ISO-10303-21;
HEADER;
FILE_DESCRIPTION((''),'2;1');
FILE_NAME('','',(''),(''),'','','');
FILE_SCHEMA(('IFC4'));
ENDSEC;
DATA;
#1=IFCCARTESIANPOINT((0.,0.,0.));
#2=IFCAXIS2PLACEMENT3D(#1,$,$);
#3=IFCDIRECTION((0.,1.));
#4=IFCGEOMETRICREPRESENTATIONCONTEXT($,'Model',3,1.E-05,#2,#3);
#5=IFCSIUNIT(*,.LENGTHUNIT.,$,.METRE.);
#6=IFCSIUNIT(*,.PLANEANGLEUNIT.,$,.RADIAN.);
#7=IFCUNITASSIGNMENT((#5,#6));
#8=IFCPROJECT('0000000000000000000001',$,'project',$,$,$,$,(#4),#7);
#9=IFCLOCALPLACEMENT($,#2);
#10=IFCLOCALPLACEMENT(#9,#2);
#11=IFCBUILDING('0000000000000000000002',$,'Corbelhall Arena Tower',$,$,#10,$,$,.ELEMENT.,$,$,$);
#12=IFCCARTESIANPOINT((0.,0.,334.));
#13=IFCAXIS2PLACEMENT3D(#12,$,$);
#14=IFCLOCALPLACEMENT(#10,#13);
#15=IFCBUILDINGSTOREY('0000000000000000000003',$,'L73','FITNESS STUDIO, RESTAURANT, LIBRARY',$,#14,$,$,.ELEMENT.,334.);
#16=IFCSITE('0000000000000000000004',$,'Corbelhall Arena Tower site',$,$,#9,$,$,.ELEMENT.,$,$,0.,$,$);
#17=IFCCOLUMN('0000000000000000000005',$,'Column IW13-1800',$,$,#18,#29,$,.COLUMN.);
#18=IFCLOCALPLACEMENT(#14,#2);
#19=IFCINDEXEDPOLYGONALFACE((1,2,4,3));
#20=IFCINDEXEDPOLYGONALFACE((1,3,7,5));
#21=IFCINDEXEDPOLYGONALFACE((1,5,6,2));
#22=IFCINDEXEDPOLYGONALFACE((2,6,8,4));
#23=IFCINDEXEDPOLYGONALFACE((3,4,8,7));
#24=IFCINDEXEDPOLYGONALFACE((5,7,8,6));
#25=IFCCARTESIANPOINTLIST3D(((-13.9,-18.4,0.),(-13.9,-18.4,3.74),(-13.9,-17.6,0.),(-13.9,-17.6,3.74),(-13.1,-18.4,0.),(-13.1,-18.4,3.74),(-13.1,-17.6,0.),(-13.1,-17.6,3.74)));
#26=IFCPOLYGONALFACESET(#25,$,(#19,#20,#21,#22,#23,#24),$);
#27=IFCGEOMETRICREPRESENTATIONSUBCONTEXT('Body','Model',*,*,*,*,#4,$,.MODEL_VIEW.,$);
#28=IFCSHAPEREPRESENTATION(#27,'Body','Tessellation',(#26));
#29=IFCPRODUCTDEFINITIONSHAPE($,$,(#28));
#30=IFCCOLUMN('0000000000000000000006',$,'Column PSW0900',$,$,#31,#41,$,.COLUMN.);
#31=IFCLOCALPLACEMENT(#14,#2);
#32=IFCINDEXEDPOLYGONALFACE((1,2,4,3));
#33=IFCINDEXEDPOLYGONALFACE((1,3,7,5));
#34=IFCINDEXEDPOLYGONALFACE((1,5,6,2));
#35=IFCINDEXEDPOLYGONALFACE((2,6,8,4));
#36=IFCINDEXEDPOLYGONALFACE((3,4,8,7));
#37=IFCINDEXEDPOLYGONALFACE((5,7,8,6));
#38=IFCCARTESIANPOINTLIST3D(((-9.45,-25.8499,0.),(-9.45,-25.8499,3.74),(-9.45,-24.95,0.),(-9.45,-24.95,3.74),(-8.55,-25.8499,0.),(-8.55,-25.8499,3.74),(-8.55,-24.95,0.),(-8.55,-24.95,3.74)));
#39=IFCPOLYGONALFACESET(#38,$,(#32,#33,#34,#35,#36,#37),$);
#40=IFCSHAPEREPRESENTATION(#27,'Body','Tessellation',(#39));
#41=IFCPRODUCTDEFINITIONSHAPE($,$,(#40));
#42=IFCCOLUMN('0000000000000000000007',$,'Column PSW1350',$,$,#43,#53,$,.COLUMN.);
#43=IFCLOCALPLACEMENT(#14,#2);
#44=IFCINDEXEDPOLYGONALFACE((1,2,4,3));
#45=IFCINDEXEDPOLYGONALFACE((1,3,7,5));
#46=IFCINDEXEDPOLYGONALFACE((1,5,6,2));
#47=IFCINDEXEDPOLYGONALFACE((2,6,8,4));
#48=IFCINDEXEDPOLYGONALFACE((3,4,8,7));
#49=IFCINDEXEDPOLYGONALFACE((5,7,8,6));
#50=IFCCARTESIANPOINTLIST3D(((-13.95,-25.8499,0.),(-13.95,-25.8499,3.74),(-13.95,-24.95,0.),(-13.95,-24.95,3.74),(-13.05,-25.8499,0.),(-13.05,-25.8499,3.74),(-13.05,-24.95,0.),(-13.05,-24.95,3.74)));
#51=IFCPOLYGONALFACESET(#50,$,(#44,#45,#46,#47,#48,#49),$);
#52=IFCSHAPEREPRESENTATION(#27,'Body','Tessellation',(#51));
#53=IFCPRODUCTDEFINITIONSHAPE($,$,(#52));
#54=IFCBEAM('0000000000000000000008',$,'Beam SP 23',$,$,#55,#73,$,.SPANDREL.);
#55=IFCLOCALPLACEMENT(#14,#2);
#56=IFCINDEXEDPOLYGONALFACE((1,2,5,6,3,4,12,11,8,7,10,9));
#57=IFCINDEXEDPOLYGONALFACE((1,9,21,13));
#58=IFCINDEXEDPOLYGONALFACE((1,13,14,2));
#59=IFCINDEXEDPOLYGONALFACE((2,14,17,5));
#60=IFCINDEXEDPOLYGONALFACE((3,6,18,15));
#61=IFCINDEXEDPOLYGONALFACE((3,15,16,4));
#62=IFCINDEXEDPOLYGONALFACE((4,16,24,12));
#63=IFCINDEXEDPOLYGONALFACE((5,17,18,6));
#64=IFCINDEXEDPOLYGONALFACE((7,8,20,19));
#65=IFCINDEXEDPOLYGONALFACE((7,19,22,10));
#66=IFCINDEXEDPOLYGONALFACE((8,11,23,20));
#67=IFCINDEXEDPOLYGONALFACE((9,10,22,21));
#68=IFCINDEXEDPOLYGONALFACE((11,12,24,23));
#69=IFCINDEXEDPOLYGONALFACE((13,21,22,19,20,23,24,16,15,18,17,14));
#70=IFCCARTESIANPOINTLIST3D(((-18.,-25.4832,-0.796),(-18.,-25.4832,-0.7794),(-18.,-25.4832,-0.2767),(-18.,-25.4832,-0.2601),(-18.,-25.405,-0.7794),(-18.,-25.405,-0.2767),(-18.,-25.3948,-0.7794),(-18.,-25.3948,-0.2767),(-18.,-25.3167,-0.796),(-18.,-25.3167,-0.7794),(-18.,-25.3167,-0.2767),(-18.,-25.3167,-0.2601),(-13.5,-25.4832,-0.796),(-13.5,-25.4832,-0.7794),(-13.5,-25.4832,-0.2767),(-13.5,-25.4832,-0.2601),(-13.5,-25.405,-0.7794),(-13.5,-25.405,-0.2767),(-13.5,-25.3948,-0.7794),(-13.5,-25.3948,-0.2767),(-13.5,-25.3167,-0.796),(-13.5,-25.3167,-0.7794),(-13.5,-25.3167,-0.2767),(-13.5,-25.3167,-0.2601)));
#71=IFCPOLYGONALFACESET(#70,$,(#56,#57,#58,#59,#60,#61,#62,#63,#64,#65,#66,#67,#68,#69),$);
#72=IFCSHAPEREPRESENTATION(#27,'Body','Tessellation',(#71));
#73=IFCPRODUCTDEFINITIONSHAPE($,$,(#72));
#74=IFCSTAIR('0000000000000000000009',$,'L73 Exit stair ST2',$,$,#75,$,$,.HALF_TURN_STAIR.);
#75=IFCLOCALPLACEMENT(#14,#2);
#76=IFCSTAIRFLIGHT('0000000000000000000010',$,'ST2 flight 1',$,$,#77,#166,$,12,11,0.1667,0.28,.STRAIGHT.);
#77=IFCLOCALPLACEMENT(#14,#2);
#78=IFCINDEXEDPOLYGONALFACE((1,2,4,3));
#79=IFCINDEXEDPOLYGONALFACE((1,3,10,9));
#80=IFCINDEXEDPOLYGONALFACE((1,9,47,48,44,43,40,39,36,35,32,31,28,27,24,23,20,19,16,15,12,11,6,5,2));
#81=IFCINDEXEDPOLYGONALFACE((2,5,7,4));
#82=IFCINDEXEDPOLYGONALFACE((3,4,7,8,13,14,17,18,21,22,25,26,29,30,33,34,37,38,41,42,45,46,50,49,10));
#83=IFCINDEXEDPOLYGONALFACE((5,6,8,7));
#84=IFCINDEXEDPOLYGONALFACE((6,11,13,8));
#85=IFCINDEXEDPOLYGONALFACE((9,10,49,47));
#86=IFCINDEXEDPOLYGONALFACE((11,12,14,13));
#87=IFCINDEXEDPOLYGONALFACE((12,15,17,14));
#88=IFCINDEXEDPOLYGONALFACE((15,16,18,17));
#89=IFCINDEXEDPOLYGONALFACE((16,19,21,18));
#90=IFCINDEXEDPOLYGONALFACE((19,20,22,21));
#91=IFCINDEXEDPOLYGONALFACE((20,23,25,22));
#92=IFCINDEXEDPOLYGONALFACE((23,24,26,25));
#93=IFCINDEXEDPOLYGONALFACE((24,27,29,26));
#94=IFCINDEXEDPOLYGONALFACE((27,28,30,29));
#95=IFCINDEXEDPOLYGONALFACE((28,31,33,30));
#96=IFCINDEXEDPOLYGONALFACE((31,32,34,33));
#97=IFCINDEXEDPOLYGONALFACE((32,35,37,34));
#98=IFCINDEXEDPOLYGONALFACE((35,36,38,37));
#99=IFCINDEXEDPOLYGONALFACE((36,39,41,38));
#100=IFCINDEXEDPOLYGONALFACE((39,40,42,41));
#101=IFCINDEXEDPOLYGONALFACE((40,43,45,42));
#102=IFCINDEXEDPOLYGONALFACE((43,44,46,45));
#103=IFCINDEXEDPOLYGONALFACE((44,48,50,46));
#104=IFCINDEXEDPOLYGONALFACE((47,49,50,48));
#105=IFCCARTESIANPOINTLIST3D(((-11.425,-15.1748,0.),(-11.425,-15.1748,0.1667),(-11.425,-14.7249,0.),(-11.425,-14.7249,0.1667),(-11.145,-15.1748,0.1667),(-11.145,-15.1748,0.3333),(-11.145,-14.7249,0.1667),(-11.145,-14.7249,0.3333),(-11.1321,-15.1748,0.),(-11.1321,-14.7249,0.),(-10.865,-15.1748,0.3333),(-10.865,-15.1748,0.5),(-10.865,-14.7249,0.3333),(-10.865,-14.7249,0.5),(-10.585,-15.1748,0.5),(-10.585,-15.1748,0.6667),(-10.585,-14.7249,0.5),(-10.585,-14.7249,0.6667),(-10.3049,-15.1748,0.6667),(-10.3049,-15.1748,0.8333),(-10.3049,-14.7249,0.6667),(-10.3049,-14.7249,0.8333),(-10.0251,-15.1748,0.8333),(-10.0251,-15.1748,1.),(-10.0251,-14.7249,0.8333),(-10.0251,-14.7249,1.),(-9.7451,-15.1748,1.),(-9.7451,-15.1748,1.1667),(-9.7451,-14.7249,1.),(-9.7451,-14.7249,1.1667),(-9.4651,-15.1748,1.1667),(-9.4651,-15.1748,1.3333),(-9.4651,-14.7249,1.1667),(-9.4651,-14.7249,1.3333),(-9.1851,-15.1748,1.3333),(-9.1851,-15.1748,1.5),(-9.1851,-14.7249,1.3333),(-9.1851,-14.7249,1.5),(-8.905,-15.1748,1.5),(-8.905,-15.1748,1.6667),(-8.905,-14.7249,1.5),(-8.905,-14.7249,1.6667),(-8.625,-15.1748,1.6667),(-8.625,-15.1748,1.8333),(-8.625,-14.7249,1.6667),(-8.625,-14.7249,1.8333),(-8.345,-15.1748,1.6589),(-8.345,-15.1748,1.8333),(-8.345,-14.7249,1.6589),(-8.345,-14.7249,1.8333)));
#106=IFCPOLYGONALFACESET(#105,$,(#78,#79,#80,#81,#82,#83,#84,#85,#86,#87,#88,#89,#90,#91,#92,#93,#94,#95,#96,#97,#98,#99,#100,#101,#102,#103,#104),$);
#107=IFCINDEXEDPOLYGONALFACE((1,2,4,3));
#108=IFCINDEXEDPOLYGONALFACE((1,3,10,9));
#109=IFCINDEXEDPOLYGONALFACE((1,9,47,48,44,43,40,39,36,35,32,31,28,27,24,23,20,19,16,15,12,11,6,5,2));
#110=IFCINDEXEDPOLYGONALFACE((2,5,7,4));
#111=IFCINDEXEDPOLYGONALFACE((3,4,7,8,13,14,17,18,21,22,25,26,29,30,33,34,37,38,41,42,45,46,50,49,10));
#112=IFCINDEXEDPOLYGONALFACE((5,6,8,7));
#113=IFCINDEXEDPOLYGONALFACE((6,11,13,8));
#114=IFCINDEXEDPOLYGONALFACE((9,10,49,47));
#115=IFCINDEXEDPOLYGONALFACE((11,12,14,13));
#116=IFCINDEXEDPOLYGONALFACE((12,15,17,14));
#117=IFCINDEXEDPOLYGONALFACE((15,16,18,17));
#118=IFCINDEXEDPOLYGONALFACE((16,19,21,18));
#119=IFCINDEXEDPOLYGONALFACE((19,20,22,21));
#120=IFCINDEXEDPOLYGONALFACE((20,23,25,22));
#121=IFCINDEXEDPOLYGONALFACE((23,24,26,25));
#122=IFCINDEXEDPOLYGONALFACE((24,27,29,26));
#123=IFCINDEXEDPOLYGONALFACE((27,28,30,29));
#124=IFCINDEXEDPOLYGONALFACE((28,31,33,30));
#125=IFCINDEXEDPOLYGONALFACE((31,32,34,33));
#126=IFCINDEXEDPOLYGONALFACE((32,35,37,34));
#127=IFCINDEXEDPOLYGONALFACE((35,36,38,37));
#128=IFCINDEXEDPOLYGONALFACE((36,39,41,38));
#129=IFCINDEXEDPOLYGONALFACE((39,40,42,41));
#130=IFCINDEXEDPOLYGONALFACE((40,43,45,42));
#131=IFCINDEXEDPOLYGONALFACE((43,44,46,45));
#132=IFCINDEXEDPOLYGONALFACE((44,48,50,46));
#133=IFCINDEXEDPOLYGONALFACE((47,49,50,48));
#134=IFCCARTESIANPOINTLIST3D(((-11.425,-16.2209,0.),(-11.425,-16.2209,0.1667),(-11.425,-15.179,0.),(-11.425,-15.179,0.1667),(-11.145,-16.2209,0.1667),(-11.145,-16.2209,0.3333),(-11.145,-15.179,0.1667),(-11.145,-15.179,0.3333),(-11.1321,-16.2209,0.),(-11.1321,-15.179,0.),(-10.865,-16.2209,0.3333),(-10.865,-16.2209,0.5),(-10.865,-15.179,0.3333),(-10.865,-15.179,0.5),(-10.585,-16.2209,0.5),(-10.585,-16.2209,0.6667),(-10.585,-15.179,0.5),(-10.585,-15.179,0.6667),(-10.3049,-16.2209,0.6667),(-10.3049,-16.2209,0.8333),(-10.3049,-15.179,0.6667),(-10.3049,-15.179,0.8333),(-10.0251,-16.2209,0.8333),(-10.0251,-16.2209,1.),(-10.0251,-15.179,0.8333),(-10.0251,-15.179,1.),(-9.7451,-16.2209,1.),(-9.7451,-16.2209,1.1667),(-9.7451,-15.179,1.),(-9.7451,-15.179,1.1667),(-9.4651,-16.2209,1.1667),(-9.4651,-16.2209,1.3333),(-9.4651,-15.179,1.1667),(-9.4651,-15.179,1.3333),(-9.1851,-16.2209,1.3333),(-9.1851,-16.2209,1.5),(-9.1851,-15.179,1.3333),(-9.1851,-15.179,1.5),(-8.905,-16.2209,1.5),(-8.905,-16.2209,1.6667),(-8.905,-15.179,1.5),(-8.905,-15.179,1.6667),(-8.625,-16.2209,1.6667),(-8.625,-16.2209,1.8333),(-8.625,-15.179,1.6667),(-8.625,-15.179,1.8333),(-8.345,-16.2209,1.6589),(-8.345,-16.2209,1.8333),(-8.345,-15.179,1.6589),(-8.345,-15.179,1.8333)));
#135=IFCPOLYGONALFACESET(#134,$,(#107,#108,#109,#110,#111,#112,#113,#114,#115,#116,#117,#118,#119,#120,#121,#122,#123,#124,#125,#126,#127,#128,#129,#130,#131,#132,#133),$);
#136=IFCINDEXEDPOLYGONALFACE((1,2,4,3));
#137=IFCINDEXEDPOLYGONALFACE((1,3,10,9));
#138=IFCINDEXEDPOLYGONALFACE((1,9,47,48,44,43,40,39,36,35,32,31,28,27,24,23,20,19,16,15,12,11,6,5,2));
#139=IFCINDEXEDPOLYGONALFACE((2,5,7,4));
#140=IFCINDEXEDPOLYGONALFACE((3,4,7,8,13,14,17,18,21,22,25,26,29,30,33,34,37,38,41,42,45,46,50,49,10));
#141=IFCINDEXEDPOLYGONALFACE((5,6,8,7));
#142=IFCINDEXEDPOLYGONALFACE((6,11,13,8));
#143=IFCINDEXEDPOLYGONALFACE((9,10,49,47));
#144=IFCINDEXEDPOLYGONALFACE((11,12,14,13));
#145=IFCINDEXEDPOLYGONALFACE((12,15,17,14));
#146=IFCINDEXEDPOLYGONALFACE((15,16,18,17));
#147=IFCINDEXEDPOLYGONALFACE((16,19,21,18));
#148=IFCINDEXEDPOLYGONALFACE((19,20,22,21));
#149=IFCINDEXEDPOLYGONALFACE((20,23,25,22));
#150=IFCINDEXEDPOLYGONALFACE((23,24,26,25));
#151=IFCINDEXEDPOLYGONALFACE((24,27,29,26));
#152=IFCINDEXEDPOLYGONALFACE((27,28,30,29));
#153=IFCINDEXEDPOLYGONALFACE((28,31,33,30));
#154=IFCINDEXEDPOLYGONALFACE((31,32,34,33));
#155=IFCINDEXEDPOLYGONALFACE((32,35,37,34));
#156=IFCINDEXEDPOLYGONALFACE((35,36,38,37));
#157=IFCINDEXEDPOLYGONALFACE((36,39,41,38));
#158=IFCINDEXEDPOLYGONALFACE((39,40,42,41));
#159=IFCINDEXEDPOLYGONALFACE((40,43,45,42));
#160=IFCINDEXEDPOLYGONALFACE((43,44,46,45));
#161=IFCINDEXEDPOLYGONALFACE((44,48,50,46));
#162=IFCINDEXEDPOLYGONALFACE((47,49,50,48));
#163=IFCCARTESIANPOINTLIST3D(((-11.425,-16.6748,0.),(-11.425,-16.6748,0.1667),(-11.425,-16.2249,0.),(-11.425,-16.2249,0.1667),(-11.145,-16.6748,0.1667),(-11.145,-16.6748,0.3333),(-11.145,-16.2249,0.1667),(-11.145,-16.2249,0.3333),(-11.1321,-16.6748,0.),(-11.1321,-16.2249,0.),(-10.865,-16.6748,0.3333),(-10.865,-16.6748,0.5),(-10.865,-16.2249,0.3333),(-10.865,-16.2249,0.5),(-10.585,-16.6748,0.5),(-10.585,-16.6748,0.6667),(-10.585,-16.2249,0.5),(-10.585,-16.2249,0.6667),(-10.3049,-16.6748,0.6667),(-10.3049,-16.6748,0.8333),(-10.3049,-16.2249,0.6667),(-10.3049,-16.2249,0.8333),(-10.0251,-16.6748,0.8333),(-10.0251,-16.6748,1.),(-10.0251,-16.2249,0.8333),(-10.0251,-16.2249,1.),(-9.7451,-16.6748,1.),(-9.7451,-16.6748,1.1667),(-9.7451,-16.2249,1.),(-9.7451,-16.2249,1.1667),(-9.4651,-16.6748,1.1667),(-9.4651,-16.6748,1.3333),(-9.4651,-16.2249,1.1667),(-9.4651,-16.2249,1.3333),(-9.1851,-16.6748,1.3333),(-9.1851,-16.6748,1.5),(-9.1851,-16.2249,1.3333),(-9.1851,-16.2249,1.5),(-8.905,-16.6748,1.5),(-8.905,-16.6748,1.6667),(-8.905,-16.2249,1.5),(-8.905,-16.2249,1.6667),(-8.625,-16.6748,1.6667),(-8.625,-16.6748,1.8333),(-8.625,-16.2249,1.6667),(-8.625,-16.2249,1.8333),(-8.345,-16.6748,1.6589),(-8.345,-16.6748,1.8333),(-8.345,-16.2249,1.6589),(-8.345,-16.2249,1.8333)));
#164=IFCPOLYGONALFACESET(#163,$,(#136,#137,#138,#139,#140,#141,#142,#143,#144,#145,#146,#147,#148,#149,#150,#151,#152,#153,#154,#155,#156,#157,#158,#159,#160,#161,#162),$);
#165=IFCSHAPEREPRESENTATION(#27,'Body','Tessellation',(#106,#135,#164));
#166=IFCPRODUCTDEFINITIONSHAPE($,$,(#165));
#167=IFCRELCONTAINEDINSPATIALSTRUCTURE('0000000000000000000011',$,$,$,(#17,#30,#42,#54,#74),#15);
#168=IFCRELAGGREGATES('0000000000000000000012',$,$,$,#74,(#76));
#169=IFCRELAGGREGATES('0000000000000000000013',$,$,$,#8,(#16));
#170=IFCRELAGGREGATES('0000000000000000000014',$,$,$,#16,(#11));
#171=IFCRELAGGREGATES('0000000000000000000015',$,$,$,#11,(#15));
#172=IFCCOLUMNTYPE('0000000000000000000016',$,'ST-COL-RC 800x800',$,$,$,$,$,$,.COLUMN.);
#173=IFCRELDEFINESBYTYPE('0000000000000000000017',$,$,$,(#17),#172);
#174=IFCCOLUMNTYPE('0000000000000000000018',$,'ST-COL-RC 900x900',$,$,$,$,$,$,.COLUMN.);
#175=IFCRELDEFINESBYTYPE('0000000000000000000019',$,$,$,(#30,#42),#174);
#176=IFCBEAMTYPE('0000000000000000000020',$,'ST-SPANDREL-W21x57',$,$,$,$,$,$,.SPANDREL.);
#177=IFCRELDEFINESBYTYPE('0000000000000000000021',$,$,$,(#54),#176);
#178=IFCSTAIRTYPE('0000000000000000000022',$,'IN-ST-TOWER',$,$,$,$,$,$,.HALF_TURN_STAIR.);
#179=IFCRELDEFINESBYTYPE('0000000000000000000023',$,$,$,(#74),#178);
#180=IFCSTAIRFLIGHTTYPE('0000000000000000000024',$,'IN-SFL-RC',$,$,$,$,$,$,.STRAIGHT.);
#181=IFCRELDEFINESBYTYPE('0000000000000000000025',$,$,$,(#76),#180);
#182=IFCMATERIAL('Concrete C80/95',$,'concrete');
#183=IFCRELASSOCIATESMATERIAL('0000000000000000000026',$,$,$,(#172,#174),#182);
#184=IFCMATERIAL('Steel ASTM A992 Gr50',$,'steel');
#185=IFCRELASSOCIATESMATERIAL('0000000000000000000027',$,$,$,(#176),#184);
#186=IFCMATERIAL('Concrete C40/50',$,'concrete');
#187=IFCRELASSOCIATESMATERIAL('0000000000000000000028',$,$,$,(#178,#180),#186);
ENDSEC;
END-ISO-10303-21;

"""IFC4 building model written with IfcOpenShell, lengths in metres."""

from ifc_helpers import new_model, si_unit, direction, frame, origin, origin_2d, place, context, subcontext, project, spatial, polyline, rectangle, i_section, outline, extrude, material, material_profile, profile_set, type_object, element, aggregate, save


model = new_model("IFC4")

# Units and contexts
model_context = context("Model", 3, precision=1e-05, world=origin(), true_north=direction((0.0, 1.0)))
body_context = subcontext(model_context, "Body", "Model", "MODEL_VIEW")
ifc_project = project(units=[si_unit("LENGTHUNIT", "METRE"), si_unit("PLANEANGLEUNIT", "RADIAN")], contexts=[model_context])

# Site, building, storey
site_placement = place(None, origin())
site = spatial("IfcSite", under=ifc_project, at=site_placement, Name="Corbelhall Arena Tower site", CompositionType="ELEMENT", RefElevation=0.0)
building_placement = place(site_placement, origin())
building = spatial("IfcBuilding", under=site, at=building_placement, Name="Corbelhall Arena Tower", CompositionType="ELEMENT")
storey_placement = place(building_placement, frame((0.0, 0.0, 334.0)))
storey = spatial("IfcBuildingStorey", under=building, at=storey_placement, Name="L73", Description="FITNESS STUDIO, RESTAURANT, LIBRARY", CompositionType="ELEMENT", Elevation=334.0)

# Columns
ifc_material_1 = material(Name="Concrete C80/95", Category="concrete")
ifc_material_profile_1 = material_profile(ifc_material_1, rectangle(XDim=0.8, YDim=0.8, at=origin_2d()))
ifc_profile_set_1 = profile_set([ifc_material_profile_1], Name="Concrete C80/95")
column_type_1 = type_object("IfcColumnType", Name="ST-COL-RC 800x800", PredefinedType="COLUMN", material=ifc_profile_set_1)
column_placement = place(storey_placement, frame((-13.5, -18.0, 0.0), z_axis=(0.0, 0.0, 1.0), x_axis=(1.0, 0.0, 0.0)))
element("IfcColumn", 1, at=column_placement, inside=storey, type_object=column_type_1, Name="Column IW13-1800", PredefinedType="COLUMN", context=body_context, shape_type="SweptSolid", body=[
    extrude(rectangle(XDim=0.8, YDim=0.8, at=origin_2d()), origin(), (0.0, 0.0, 1.0), 3.74),
])
ifc_material_profile_2 = material_profile(ifc_material_1, rectangle(XDim=0.8999, YDim=0.8999, at=origin_2d()))
ifc_profile_set_2 = profile_set([ifc_material_profile_2], Name="Concrete C80/95")
column_type_2 = type_object("IfcColumnType", Name="ST-COL-RC 900x900", PredefinedType="COLUMN", material=ifc_profile_set_2)
for number, where, z_axis, x_axis, name in (
    (2, (-9.0, -25.3999, 0.0), (0.0, 0.0, 1.0), (1.0, 0.0, 0.0), "Column PSW0900"),
    (3, (-13.5, -25.3999, 0.0), (0.0, 0.0, 1.0), (1.0, 0.0, 0.0), "Column PSW1350"),
):
    element("IfcColumn", number, at=place(storey_placement, frame(where, z_axis=z_axis, x_axis=x_axis)), inside=storey, type_object=column_type_2, Name=name, PredefinedType="COLUMN", context=body_context, shape_type="SweptSolid", body=[
        extrude(rectangle(XDim=0.8999, YDim=0.8999, at=origin_2d()), origin(), (0.0, 0.0, 1.0), 3.74),
    ])

# Beam
ifc_material_2 = material(Name="Steel ASTM A992 Gr50", Category="steel")
ifc_material_profile_3 = material_profile(ifc_material_2, i_section(OverallWidth=0.1665, OverallDepth=0.5359, WebThickness=0.0103, FlangeThickness=0.0166, at=origin_2d()))
ifc_profile_set_3 = profile_set([ifc_material_profile_3], Name="Steel ASTM A992 Gr50")
beam_type = type_object("IfcBeamType", Name="ST-SPANDREL-W21x57", PredefinedType="SPANDREL", material=ifc_profile_set_3)
beam_placement = place(storey_placement, frame((-13.5, -25.3999, -0.5281), z_axis=(-1.0, 0.0, 0.0), x_axis=(0.0, -1.0, 0.0)))
element("IfcBeam", 4, at=beam_placement, inside=storey, type_object=beam_type, Name="Beam SP 23", PredefinedType="SPANDREL", context=body_context, shape_type="SweptSolid", body=[
    extrude(i_section(OverallWidth=0.1665, OverallDepth=0.5359, WebThickness=0.0103, FlangeThickness=0.0166, at=origin_2d()), origin(), (0.0, 0.0, 1.0), 4.5),
])

# Stair, stair flight
ifc_material_3 = material(Name="Concrete C40/50", Category="concrete")
stair_type = type_object("IfcStairType", Name="IN-ST-TOWER", PredefinedType="HALF_TURN_STAIR", material=ifc_material_3)
stair_placement = place(storey_placement, origin())
stair = element("IfcStair", 5, at=stair_placement, inside=storey, type_object=stair_type, Name="L73 Exit stair ST2", PredefinedType="HALF_TURN_STAIR")
stair_flight_type = type_object("IfcStairFlightType", Name="IN-SFL-RC", PredefinedType="STRAIGHT", material=ifc_material_3)
stair_flight_placement = place(storey_placement, frame((-11.425, -15.7, 0.0), z_axis=(0.0, 0.0, 1.0), x_axis=(1.0, 0.0, 0.0)))
stair_flight = element("IfcStairFlight", 6, at=stair_flight_placement, type_object=stair_flight_type, Name="ST2 flight 1", NumberOfRisers=12, NumberOfTreads=11, PredefinedType="STRAIGHT", RiserHeight=0.1667, TreadLength=0.28, context=body_context, shape_type="SweptSolid", body=[
    extrude(outline(polyline([(0.0, 0.0), (0.0, 0.1667), (0.28, 0.1667), (0.28, 0.3333), (0.5601, 0.3333), (0.5601, 0.5), (0.8401, 0.5), (0.8401, 0.6667), (1.1201, 0.6667), (1.1201, 0.8333), (1.3999, 0.8333), (1.3999, 1.0), (1.6799, 1.0), (1.6799, 1.1667), (1.96, 1.1667), (1.96, 1.3333), (2.24, 1.3333), (2.24, 1.5), (2.52, 1.5), (2.52, 1.6667), (2.8, 1.6667), (2.8, 1.8333), (3.0801, 1.8333), (3.0801, 2.0), (3.0801, 1.6589), (0.293, 0.0), (0.0, 0.0)])), frame((0.0, 0.9751, 0.0), z_axis=(0.0, -1.0, 0.0), x_axis=(1.0, 0.0, 0.0)), (0.0, 0.0, 1.0), 0.45),
    extrude(outline(polyline([(0.0, 0.0), (0.0, 0.1667), (0.28, 0.1667), (0.28, 0.3333), (0.5601, 0.3333), (0.5601, 0.5), (0.8401, 0.5), (0.8401, 0.6667), (1.1201, 0.6667), (1.1201, 0.8333), (1.3999, 0.8333), (1.3999, 1.0), (1.6799, 1.0), (1.6799, 1.1667), (1.96, 1.1667), (1.96, 1.3333), (2.24, 1.3333), (2.24, 1.5), (2.52, 1.5), (2.52, 1.6667), (2.8, 1.6667), (2.8, 1.8333), (3.0801, 1.8333), (3.0801, 2.0), (3.0801, 1.6589), (0.293, 0.0), (0.0, 0.0)])), frame((0.0, 0.521, 0.0), z_axis=(0.0, -1.0, 0.0), x_axis=(1.0, 0.0, 0.0)), (0.0, 0.0, 1.0), 1.042),
    extrude(outline(polyline([(0.0, 0.0), (0.0, 0.1667), (0.28, 0.1667), (0.28, 0.3333), (0.5601, 0.3333), (0.5601, 0.5), (0.8401, 0.5), (0.8401, 0.6667), (1.1201, 0.6667), (1.1201, 0.8333), (1.3999, 0.8333), (1.3999, 1.0), (1.6799, 1.0), (1.6799, 1.1667), (1.96, 1.1667), (1.96, 1.3333), (2.24, 1.3333), (2.24, 1.5), (2.52, 1.5), (2.52, 1.6667), (2.8, 1.6667), (2.8, 1.8333), (3.0801, 1.8333), (3.0801, 2.0), (3.0801, 1.6589), (0.293, 0.0), (0.0, 0.0)])), frame((0.0, -0.5249, 0.0), z_axis=(0.0, -1.0, 0.0), x_axis=(1.0, 0.0, 0.0)), (0.0, 0.0, 1.0), 0.45),
])
aggregate(stair, [stair_flight])

save(model, "model.ifc")
